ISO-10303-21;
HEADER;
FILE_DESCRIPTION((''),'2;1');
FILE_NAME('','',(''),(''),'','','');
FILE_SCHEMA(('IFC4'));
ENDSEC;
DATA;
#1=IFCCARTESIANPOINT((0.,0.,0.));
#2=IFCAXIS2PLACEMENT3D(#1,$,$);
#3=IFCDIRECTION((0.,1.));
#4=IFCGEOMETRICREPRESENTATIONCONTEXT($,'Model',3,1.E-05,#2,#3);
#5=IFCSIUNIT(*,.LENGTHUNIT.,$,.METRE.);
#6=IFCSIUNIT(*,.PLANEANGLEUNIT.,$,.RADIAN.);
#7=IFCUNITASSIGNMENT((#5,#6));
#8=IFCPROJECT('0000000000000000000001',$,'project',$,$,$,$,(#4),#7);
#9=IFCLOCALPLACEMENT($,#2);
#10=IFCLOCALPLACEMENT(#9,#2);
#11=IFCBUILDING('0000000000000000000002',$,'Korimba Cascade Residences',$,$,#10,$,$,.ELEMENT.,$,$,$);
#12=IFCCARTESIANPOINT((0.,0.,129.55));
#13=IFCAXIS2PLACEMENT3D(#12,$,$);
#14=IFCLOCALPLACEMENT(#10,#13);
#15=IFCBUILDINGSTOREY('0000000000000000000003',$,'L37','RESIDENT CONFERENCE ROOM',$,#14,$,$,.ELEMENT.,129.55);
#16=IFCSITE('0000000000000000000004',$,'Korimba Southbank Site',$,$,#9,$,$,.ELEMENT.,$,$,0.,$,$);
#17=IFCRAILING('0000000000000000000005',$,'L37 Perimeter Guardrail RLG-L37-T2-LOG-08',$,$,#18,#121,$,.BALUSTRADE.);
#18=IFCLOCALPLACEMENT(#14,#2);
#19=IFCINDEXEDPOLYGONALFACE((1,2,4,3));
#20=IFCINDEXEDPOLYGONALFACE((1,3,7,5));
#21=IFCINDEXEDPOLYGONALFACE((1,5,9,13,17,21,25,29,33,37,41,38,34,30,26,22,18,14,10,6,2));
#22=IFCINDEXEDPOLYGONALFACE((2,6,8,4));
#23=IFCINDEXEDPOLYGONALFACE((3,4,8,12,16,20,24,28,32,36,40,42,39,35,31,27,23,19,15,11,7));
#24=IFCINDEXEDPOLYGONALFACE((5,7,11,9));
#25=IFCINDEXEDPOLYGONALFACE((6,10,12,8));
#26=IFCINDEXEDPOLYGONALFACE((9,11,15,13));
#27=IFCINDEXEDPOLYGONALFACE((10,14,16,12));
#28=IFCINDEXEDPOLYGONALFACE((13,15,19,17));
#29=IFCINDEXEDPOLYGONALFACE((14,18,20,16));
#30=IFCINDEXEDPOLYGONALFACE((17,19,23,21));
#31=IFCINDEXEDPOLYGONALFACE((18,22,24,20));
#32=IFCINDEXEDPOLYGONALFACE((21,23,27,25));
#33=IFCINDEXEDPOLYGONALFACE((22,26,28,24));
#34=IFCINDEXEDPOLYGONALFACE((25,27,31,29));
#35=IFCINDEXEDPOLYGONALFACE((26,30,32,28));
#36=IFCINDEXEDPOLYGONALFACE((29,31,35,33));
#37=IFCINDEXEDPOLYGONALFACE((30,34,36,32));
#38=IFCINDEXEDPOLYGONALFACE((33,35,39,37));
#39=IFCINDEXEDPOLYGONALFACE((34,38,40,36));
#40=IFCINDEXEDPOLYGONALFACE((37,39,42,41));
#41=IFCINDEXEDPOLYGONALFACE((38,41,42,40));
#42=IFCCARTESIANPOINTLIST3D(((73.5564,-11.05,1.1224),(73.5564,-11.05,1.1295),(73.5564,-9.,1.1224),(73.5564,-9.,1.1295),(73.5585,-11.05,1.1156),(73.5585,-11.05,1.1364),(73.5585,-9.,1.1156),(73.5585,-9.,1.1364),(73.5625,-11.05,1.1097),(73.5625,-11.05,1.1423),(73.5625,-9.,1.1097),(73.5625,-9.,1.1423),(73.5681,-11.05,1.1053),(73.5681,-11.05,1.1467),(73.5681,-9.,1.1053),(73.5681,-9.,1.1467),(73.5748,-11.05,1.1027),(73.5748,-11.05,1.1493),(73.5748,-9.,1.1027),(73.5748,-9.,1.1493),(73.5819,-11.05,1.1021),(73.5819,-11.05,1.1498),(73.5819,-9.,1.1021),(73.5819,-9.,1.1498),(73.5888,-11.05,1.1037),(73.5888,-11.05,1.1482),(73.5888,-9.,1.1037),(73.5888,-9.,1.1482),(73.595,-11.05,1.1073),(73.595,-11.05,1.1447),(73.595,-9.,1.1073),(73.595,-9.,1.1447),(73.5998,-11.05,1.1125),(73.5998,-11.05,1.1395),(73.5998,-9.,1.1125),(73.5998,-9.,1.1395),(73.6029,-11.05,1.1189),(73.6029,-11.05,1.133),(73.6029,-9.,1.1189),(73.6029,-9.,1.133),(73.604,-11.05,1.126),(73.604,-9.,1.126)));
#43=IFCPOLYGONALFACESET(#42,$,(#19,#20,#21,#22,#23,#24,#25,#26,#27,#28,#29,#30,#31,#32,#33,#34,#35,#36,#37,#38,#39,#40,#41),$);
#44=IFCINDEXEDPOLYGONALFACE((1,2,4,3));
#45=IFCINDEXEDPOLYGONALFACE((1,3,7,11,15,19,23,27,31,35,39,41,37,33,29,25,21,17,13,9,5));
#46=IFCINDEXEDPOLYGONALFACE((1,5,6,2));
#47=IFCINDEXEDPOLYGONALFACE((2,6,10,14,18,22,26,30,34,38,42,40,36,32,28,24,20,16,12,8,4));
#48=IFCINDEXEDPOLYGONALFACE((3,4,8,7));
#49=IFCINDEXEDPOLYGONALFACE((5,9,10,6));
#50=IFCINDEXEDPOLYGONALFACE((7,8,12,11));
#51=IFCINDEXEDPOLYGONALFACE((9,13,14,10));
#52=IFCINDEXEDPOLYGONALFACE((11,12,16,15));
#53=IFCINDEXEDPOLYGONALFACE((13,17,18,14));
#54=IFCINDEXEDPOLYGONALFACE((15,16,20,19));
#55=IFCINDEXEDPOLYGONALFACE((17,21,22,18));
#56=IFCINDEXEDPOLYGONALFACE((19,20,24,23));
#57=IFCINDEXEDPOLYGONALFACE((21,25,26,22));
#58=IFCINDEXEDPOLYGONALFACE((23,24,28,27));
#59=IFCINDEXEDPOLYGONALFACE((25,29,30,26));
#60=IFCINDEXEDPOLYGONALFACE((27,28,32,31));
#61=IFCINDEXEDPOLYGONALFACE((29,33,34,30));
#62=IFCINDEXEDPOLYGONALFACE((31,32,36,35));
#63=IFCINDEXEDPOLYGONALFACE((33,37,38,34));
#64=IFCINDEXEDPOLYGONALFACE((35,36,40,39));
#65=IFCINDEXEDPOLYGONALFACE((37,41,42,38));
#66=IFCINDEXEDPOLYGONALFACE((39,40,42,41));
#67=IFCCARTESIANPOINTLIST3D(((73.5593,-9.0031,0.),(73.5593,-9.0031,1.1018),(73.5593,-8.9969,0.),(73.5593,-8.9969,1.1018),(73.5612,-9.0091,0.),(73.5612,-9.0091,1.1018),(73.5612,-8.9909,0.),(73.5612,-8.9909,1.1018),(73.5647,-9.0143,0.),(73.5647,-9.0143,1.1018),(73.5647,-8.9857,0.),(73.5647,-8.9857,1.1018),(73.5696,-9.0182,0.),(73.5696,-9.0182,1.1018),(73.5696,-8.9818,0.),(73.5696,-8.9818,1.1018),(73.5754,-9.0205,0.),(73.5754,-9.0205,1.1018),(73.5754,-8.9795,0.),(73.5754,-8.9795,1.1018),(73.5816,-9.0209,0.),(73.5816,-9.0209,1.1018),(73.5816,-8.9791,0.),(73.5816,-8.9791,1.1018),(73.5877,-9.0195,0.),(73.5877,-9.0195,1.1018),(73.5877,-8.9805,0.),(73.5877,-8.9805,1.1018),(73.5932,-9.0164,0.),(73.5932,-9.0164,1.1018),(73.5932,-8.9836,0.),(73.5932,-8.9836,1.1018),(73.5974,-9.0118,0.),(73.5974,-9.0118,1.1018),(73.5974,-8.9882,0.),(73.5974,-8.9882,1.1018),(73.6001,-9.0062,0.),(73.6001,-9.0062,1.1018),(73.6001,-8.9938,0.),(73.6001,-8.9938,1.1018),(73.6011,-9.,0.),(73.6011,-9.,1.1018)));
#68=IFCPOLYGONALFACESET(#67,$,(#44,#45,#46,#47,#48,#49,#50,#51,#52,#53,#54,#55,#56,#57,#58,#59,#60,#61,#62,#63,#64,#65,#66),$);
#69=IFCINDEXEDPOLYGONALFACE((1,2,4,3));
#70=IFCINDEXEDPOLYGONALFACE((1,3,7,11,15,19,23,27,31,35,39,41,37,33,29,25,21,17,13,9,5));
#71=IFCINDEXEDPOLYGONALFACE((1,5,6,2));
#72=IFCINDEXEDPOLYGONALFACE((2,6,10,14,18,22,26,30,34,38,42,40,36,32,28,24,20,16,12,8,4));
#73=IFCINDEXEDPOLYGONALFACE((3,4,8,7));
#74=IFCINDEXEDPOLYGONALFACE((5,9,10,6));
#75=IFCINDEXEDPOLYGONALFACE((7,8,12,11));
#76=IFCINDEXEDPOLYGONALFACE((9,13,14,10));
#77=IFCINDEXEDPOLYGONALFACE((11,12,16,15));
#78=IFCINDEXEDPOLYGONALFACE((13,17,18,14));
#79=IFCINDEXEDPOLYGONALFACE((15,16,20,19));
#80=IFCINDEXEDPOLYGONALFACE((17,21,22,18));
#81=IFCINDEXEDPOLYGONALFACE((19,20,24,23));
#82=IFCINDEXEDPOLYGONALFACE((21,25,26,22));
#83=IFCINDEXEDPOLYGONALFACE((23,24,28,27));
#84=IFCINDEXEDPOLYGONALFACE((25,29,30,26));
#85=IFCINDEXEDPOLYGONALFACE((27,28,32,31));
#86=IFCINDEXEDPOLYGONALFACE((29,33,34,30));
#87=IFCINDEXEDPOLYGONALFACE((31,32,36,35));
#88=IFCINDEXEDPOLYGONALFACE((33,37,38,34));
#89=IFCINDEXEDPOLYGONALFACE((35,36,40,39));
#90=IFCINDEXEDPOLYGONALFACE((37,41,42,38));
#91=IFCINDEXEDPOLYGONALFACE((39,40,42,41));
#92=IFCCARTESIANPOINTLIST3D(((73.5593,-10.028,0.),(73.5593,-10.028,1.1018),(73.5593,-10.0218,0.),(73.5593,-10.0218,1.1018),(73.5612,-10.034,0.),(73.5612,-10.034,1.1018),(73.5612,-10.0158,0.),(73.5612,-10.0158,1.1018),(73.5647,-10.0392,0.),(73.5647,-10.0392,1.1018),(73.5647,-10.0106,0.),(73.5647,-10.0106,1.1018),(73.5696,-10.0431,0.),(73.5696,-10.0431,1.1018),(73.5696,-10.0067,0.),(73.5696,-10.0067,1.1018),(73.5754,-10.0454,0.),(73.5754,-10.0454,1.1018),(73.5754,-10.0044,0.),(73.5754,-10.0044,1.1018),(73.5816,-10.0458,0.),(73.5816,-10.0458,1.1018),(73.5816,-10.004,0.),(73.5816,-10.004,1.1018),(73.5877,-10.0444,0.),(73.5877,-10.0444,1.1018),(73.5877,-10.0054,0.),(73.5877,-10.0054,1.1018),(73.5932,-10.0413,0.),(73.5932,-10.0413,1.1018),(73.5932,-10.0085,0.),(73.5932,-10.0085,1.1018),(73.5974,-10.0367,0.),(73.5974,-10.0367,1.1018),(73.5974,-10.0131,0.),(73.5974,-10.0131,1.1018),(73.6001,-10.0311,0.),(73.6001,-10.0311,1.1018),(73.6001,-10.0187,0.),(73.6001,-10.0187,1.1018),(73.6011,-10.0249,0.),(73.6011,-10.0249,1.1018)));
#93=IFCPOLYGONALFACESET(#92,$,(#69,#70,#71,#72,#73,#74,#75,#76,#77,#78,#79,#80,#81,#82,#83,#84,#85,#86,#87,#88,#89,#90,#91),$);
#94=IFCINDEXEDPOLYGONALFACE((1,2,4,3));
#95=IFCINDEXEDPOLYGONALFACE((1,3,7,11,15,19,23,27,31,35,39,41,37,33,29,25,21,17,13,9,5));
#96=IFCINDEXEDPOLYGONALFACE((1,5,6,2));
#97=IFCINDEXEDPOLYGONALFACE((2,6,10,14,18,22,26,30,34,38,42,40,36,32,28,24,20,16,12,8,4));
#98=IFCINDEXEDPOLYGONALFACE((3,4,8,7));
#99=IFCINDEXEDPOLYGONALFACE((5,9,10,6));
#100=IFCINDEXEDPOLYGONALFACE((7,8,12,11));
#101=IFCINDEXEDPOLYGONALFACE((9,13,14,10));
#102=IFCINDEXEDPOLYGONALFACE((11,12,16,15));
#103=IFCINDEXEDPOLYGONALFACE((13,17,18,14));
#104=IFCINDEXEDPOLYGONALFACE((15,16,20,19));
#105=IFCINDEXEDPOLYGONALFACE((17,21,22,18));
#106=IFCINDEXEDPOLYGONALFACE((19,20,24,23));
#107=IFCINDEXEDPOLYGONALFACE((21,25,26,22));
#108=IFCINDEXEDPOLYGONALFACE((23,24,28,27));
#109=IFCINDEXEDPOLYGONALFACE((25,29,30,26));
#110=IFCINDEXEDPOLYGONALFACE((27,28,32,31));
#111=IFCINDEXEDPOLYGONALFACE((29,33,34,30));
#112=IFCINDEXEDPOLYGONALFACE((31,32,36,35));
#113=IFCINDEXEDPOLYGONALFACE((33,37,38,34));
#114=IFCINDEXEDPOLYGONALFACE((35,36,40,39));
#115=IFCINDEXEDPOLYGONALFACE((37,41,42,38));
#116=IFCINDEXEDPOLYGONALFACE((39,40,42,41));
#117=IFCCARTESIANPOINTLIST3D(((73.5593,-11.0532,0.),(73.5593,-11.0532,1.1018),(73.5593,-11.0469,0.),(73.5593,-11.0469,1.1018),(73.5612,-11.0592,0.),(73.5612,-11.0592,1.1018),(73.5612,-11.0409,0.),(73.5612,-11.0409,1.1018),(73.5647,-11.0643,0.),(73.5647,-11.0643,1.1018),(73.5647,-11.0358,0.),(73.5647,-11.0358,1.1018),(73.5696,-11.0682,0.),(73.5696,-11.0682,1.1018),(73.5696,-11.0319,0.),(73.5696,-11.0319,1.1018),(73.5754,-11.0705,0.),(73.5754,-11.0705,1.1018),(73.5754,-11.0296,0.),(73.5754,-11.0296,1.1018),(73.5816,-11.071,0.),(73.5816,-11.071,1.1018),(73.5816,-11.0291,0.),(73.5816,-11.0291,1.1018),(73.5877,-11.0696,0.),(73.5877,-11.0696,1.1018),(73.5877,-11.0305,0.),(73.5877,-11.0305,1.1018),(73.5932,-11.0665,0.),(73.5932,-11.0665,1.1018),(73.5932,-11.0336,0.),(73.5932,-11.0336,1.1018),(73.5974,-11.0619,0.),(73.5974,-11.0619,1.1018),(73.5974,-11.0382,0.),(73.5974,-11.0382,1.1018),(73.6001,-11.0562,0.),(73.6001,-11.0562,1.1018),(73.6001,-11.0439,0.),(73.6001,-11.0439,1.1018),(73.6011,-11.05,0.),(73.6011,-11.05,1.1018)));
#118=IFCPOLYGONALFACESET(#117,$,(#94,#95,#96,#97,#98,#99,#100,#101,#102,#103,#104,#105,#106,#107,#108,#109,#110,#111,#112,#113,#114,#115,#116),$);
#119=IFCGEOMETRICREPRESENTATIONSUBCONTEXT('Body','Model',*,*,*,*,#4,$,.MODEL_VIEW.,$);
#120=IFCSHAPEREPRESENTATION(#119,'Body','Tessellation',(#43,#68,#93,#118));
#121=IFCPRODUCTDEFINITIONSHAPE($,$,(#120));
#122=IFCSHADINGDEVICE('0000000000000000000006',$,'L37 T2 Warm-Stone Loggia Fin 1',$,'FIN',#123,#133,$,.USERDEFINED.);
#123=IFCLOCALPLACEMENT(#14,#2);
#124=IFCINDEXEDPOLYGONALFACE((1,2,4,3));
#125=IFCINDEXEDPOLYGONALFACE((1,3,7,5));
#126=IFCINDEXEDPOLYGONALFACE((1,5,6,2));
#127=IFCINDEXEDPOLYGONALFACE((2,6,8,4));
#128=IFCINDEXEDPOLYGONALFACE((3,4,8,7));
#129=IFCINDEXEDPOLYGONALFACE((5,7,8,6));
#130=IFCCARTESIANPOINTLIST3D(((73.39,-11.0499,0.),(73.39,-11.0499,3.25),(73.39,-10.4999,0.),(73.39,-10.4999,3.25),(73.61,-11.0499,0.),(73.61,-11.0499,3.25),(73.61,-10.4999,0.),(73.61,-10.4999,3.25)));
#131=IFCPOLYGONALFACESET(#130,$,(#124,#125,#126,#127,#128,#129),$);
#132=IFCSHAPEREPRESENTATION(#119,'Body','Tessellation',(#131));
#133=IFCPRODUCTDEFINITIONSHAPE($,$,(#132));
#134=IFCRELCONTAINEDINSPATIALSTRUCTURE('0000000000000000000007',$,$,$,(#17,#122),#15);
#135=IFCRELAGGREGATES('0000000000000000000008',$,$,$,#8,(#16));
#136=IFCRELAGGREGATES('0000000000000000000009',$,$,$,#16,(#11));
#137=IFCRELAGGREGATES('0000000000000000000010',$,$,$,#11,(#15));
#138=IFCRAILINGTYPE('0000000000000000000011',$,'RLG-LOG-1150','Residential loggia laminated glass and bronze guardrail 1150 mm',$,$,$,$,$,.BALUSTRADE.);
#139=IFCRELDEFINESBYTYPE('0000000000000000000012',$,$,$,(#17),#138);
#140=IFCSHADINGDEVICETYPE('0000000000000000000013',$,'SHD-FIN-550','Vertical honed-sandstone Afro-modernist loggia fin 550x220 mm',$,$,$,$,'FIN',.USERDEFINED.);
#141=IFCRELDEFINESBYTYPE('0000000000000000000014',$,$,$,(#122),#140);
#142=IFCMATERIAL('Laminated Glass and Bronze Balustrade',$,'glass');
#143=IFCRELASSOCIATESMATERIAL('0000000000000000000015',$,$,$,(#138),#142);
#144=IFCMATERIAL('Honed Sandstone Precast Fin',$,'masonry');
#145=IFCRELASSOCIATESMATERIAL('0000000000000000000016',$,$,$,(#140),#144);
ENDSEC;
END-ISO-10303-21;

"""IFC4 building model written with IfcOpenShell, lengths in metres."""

from ifc_helpers import new_model, si_unit, direction, frame, origin, origin_2d, place, context, subcontext, project, spatial, rectangle, circle, extrude, material, type_object, element, save


model = new_model("IFC4")

# Units and contexts
model_context = context("Model", 3, precision=1e-05, world=origin(), true_north=direction((0.0, 1.0)))
body_context = subcontext(model_context, "Body", "Model", "MODEL_VIEW")
ifc_project = project(units=[si_unit("LENGTHUNIT", "METRE"), si_unit("PLANEANGLEUNIT", "RADIAN")], contexts=[model_context])

# Site, building, storey
site_placement = place(None, origin())
site = spatial("IfcSite", under=ifc_project, at=site_placement, Name="Korimba Southbank Site", CompositionType="ELEMENT", RefElevation=0.0)
building_placement = place(site_placement, origin())
building = spatial("IfcBuilding", under=site, at=building_placement, Name="Korimba Cascade Residences", CompositionType="ELEMENT")
storey_placement = place(building_placement, frame((0.0, 0.0, 129.55)))
storey = spatial("IfcBuildingStorey", under=building, at=storey_placement, Name="L37", Description="RESIDENT CONFERENCE ROOM", CompositionType="ELEMENT", Elevation=129.55)

# Railing
ifc_material_1 = material(Name="Laminated Glass and Bronze Balustrade", Category="glass")
railing_type = type_object("IfcRailingType", Name="RLG-LOG-1150", Description="Residential loggia laminated glass and bronze guardrail 1150 mm", PredefinedType="BALUSTRADE", material=ifc_material_1)
railing_1_placement = place(storey_placement, frame((73.5801, -9.0, 0.0)))
element("IfcRailing", 1, at=railing_1_placement, inside=storey, type_object=railing_type, Name="L37 Perimeter Guardrail RLG-L37-T2-LOG-08", PredefinedType="BALUSTRADE", context=body_context, shape_type="SweptSolid", body=[
    extrude(circle(Radius=0.0239, at=origin_2d()), frame((0.0, 0.0, 1.126), z_axis=(0.0, -1.0, 0.0), x_axis=(1.0, 0.0, 0.0)), (0.0, 0.0, 1.0), 2.05),
    extrude(circle(Radius=0.021, at=origin_2d()), origin(), (0.0, 0.0, 1.0), 1.1018),
    extrude(circle(Radius=0.021, at=origin_2d()), frame((0.0, -1.0249, 0.0)), (0.0, 0.0, 1.0), 1.1018),
    extrude(circle(Radius=0.021, at=origin_2d()), frame((0.0, -2.05, 0.0)), (0.0, 0.0, 1.0), 1.1018),
])

# Shading device
ifc_material_2 = material(Name="Honed Sandstone Precast Fin", Category="masonry")
shading_device_type = type_object("IfcShadingDeviceType", Name="SHD-FIN-550", Description="Vertical honed-sandstone Afro-modernist loggia fin 550x220 mm", ElementType="FIN", PredefinedType="USERDEFINED", material=ifc_material_2)
shading_device_placement = place(storey_placement, frame((73.5, -10.7749, 0.0), z_axis=(0.0, 0.0, 1.0), x_axis=(1.0, 0.0, 0.0)))
element("IfcShadingDevice", 2, at=shading_device_placement, inside=storey, type_object=shading_device_type, Name="L37 T2 Warm-Stone Loggia Fin 1", ObjectType="FIN", PredefinedType="USERDEFINED", context=body_context, shape_type="SweptSolid", body=[
    extrude(rectangle(XDim=0.22, YDim=0.55, at=origin_2d()), origin(), (0.0, 0.0, 1.0), 3.25),
])

save(model, "model.ifc")
